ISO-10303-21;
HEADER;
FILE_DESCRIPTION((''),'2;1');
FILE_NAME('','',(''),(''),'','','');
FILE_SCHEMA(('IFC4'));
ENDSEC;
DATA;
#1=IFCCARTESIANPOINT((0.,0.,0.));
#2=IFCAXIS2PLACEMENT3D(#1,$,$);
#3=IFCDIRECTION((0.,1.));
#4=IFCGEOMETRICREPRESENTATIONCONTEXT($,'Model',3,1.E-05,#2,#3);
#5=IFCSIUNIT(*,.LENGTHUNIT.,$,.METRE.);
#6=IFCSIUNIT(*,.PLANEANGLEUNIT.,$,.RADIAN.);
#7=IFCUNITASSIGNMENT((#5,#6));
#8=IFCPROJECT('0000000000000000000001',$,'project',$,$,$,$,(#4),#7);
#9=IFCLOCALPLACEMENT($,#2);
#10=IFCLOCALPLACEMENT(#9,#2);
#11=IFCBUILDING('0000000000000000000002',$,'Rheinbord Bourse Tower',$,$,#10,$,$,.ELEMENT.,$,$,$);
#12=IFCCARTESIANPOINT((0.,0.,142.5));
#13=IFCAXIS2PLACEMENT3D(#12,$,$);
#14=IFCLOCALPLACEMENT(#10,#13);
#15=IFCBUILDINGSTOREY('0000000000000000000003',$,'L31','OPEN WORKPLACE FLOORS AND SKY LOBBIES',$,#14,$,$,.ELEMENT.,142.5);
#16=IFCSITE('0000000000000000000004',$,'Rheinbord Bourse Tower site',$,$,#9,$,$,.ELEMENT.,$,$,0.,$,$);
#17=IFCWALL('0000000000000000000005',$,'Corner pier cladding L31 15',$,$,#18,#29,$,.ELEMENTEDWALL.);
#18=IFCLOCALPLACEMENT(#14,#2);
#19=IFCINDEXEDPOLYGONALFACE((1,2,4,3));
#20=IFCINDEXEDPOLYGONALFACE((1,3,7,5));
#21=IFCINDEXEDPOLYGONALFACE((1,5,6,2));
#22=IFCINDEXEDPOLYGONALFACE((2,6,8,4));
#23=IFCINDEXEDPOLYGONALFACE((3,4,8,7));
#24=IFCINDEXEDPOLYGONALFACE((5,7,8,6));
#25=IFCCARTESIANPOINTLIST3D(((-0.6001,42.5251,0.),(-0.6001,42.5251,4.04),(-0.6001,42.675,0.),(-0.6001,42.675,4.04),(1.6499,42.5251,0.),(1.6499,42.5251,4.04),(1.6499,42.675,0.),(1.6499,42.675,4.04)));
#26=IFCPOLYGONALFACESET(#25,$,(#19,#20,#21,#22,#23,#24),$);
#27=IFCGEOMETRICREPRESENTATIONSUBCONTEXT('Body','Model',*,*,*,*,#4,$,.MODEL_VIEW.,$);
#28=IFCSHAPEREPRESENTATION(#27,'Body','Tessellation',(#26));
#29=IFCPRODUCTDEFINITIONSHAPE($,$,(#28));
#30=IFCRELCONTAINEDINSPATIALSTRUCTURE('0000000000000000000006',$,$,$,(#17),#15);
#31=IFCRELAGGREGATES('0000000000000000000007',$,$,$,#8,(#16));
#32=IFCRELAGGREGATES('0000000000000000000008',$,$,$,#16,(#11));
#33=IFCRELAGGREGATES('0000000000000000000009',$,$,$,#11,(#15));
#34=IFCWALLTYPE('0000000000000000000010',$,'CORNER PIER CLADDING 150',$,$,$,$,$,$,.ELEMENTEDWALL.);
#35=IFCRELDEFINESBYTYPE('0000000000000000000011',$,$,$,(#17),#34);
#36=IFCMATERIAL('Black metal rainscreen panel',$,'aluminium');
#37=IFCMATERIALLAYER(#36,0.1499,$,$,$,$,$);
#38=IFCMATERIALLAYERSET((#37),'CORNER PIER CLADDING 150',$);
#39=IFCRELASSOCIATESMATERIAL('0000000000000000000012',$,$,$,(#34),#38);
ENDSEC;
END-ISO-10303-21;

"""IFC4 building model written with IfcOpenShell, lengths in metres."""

from ifc_helpers import new_model, si_unit, direction, frame, frame_2d, origin, place, context, subcontext, project, spatial, rectangle, extrude, material, layer, layer_set, type_object, element, save


model = new_model("IFC4")

# Units and contexts
model_context = context("Model", 3, precision=1e-05, world=origin(), true_north=direction((0.0, 1.0)))
body_context = subcontext(model_context, "Body", "Model", "MODEL_VIEW")
ifc_project = project(units=[si_unit("LENGTHUNIT", "METRE"), si_unit("PLANEANGLEUNIT", "RADIAN")], contexts=[model_context])

# Site, building, storey
site_placement = place(None, origin())
site = spatial("IfcSite", under=ifc_project, at=site_placement, Name="Rheinbord Bourse Tower site", CompositionType="ELEMENT", RefElevation=0.0)
building_placement = place(site_placement, origin())
building = spatial("IfcBuilding", under=site, at=building_placement, Name="Rheinbord Bourse Tower", CompositionType="ELEMENT")
storey_placement = place(building_placement, frame((0.0, 0.0, 142.5)))
storey = spatial("IfcBuildingStorey", under=building, at=storey_placement, Name="L31", Description="OPEN WORKPLACE FLOORS AND SKY LOBBIES", CompositionType="ELEMENT", Elevation=142.5)

# Wall
ifc_material_1 = material(Name="Black metal rainscreen panel", Category="aluminium")
ifc_layer_1 = layer(ifc_material_1, 0.1499)
ifc_layer_set_1 = layer_set([ifc_layer_1], Name="CORNER PIER CLADDING 150")
wall_type = type_object("IfcWallType", Name="CORNER PIER CLADDING 150", PredefinedType="ELEMENTEDWALL", material=ifc_layer_set_1)
wall_1_placement = place(storey_placement, frame((1.6499, 42.6001, 0.0), z_axis=(0.0, 0.0, 1.0), x_axis=(-1.0, 0.0, 0.0)))
element("IfcWall", 1, at=wall_1_placement, inside=storey, type_object=wall_type, Name="Corner pier cladding L31 15", PredefinedType="ELEMENTEDWALL", context=body_context, shape_type="SweptSolid", body=[
    extrude(rectangle(XDim=2.25, YDim=0.1499, at=frame_2d((1.125, 0.0))), origin(), (0.0, 0.0, 1.0), 4.04),
])

save(model, "model.ifc")
